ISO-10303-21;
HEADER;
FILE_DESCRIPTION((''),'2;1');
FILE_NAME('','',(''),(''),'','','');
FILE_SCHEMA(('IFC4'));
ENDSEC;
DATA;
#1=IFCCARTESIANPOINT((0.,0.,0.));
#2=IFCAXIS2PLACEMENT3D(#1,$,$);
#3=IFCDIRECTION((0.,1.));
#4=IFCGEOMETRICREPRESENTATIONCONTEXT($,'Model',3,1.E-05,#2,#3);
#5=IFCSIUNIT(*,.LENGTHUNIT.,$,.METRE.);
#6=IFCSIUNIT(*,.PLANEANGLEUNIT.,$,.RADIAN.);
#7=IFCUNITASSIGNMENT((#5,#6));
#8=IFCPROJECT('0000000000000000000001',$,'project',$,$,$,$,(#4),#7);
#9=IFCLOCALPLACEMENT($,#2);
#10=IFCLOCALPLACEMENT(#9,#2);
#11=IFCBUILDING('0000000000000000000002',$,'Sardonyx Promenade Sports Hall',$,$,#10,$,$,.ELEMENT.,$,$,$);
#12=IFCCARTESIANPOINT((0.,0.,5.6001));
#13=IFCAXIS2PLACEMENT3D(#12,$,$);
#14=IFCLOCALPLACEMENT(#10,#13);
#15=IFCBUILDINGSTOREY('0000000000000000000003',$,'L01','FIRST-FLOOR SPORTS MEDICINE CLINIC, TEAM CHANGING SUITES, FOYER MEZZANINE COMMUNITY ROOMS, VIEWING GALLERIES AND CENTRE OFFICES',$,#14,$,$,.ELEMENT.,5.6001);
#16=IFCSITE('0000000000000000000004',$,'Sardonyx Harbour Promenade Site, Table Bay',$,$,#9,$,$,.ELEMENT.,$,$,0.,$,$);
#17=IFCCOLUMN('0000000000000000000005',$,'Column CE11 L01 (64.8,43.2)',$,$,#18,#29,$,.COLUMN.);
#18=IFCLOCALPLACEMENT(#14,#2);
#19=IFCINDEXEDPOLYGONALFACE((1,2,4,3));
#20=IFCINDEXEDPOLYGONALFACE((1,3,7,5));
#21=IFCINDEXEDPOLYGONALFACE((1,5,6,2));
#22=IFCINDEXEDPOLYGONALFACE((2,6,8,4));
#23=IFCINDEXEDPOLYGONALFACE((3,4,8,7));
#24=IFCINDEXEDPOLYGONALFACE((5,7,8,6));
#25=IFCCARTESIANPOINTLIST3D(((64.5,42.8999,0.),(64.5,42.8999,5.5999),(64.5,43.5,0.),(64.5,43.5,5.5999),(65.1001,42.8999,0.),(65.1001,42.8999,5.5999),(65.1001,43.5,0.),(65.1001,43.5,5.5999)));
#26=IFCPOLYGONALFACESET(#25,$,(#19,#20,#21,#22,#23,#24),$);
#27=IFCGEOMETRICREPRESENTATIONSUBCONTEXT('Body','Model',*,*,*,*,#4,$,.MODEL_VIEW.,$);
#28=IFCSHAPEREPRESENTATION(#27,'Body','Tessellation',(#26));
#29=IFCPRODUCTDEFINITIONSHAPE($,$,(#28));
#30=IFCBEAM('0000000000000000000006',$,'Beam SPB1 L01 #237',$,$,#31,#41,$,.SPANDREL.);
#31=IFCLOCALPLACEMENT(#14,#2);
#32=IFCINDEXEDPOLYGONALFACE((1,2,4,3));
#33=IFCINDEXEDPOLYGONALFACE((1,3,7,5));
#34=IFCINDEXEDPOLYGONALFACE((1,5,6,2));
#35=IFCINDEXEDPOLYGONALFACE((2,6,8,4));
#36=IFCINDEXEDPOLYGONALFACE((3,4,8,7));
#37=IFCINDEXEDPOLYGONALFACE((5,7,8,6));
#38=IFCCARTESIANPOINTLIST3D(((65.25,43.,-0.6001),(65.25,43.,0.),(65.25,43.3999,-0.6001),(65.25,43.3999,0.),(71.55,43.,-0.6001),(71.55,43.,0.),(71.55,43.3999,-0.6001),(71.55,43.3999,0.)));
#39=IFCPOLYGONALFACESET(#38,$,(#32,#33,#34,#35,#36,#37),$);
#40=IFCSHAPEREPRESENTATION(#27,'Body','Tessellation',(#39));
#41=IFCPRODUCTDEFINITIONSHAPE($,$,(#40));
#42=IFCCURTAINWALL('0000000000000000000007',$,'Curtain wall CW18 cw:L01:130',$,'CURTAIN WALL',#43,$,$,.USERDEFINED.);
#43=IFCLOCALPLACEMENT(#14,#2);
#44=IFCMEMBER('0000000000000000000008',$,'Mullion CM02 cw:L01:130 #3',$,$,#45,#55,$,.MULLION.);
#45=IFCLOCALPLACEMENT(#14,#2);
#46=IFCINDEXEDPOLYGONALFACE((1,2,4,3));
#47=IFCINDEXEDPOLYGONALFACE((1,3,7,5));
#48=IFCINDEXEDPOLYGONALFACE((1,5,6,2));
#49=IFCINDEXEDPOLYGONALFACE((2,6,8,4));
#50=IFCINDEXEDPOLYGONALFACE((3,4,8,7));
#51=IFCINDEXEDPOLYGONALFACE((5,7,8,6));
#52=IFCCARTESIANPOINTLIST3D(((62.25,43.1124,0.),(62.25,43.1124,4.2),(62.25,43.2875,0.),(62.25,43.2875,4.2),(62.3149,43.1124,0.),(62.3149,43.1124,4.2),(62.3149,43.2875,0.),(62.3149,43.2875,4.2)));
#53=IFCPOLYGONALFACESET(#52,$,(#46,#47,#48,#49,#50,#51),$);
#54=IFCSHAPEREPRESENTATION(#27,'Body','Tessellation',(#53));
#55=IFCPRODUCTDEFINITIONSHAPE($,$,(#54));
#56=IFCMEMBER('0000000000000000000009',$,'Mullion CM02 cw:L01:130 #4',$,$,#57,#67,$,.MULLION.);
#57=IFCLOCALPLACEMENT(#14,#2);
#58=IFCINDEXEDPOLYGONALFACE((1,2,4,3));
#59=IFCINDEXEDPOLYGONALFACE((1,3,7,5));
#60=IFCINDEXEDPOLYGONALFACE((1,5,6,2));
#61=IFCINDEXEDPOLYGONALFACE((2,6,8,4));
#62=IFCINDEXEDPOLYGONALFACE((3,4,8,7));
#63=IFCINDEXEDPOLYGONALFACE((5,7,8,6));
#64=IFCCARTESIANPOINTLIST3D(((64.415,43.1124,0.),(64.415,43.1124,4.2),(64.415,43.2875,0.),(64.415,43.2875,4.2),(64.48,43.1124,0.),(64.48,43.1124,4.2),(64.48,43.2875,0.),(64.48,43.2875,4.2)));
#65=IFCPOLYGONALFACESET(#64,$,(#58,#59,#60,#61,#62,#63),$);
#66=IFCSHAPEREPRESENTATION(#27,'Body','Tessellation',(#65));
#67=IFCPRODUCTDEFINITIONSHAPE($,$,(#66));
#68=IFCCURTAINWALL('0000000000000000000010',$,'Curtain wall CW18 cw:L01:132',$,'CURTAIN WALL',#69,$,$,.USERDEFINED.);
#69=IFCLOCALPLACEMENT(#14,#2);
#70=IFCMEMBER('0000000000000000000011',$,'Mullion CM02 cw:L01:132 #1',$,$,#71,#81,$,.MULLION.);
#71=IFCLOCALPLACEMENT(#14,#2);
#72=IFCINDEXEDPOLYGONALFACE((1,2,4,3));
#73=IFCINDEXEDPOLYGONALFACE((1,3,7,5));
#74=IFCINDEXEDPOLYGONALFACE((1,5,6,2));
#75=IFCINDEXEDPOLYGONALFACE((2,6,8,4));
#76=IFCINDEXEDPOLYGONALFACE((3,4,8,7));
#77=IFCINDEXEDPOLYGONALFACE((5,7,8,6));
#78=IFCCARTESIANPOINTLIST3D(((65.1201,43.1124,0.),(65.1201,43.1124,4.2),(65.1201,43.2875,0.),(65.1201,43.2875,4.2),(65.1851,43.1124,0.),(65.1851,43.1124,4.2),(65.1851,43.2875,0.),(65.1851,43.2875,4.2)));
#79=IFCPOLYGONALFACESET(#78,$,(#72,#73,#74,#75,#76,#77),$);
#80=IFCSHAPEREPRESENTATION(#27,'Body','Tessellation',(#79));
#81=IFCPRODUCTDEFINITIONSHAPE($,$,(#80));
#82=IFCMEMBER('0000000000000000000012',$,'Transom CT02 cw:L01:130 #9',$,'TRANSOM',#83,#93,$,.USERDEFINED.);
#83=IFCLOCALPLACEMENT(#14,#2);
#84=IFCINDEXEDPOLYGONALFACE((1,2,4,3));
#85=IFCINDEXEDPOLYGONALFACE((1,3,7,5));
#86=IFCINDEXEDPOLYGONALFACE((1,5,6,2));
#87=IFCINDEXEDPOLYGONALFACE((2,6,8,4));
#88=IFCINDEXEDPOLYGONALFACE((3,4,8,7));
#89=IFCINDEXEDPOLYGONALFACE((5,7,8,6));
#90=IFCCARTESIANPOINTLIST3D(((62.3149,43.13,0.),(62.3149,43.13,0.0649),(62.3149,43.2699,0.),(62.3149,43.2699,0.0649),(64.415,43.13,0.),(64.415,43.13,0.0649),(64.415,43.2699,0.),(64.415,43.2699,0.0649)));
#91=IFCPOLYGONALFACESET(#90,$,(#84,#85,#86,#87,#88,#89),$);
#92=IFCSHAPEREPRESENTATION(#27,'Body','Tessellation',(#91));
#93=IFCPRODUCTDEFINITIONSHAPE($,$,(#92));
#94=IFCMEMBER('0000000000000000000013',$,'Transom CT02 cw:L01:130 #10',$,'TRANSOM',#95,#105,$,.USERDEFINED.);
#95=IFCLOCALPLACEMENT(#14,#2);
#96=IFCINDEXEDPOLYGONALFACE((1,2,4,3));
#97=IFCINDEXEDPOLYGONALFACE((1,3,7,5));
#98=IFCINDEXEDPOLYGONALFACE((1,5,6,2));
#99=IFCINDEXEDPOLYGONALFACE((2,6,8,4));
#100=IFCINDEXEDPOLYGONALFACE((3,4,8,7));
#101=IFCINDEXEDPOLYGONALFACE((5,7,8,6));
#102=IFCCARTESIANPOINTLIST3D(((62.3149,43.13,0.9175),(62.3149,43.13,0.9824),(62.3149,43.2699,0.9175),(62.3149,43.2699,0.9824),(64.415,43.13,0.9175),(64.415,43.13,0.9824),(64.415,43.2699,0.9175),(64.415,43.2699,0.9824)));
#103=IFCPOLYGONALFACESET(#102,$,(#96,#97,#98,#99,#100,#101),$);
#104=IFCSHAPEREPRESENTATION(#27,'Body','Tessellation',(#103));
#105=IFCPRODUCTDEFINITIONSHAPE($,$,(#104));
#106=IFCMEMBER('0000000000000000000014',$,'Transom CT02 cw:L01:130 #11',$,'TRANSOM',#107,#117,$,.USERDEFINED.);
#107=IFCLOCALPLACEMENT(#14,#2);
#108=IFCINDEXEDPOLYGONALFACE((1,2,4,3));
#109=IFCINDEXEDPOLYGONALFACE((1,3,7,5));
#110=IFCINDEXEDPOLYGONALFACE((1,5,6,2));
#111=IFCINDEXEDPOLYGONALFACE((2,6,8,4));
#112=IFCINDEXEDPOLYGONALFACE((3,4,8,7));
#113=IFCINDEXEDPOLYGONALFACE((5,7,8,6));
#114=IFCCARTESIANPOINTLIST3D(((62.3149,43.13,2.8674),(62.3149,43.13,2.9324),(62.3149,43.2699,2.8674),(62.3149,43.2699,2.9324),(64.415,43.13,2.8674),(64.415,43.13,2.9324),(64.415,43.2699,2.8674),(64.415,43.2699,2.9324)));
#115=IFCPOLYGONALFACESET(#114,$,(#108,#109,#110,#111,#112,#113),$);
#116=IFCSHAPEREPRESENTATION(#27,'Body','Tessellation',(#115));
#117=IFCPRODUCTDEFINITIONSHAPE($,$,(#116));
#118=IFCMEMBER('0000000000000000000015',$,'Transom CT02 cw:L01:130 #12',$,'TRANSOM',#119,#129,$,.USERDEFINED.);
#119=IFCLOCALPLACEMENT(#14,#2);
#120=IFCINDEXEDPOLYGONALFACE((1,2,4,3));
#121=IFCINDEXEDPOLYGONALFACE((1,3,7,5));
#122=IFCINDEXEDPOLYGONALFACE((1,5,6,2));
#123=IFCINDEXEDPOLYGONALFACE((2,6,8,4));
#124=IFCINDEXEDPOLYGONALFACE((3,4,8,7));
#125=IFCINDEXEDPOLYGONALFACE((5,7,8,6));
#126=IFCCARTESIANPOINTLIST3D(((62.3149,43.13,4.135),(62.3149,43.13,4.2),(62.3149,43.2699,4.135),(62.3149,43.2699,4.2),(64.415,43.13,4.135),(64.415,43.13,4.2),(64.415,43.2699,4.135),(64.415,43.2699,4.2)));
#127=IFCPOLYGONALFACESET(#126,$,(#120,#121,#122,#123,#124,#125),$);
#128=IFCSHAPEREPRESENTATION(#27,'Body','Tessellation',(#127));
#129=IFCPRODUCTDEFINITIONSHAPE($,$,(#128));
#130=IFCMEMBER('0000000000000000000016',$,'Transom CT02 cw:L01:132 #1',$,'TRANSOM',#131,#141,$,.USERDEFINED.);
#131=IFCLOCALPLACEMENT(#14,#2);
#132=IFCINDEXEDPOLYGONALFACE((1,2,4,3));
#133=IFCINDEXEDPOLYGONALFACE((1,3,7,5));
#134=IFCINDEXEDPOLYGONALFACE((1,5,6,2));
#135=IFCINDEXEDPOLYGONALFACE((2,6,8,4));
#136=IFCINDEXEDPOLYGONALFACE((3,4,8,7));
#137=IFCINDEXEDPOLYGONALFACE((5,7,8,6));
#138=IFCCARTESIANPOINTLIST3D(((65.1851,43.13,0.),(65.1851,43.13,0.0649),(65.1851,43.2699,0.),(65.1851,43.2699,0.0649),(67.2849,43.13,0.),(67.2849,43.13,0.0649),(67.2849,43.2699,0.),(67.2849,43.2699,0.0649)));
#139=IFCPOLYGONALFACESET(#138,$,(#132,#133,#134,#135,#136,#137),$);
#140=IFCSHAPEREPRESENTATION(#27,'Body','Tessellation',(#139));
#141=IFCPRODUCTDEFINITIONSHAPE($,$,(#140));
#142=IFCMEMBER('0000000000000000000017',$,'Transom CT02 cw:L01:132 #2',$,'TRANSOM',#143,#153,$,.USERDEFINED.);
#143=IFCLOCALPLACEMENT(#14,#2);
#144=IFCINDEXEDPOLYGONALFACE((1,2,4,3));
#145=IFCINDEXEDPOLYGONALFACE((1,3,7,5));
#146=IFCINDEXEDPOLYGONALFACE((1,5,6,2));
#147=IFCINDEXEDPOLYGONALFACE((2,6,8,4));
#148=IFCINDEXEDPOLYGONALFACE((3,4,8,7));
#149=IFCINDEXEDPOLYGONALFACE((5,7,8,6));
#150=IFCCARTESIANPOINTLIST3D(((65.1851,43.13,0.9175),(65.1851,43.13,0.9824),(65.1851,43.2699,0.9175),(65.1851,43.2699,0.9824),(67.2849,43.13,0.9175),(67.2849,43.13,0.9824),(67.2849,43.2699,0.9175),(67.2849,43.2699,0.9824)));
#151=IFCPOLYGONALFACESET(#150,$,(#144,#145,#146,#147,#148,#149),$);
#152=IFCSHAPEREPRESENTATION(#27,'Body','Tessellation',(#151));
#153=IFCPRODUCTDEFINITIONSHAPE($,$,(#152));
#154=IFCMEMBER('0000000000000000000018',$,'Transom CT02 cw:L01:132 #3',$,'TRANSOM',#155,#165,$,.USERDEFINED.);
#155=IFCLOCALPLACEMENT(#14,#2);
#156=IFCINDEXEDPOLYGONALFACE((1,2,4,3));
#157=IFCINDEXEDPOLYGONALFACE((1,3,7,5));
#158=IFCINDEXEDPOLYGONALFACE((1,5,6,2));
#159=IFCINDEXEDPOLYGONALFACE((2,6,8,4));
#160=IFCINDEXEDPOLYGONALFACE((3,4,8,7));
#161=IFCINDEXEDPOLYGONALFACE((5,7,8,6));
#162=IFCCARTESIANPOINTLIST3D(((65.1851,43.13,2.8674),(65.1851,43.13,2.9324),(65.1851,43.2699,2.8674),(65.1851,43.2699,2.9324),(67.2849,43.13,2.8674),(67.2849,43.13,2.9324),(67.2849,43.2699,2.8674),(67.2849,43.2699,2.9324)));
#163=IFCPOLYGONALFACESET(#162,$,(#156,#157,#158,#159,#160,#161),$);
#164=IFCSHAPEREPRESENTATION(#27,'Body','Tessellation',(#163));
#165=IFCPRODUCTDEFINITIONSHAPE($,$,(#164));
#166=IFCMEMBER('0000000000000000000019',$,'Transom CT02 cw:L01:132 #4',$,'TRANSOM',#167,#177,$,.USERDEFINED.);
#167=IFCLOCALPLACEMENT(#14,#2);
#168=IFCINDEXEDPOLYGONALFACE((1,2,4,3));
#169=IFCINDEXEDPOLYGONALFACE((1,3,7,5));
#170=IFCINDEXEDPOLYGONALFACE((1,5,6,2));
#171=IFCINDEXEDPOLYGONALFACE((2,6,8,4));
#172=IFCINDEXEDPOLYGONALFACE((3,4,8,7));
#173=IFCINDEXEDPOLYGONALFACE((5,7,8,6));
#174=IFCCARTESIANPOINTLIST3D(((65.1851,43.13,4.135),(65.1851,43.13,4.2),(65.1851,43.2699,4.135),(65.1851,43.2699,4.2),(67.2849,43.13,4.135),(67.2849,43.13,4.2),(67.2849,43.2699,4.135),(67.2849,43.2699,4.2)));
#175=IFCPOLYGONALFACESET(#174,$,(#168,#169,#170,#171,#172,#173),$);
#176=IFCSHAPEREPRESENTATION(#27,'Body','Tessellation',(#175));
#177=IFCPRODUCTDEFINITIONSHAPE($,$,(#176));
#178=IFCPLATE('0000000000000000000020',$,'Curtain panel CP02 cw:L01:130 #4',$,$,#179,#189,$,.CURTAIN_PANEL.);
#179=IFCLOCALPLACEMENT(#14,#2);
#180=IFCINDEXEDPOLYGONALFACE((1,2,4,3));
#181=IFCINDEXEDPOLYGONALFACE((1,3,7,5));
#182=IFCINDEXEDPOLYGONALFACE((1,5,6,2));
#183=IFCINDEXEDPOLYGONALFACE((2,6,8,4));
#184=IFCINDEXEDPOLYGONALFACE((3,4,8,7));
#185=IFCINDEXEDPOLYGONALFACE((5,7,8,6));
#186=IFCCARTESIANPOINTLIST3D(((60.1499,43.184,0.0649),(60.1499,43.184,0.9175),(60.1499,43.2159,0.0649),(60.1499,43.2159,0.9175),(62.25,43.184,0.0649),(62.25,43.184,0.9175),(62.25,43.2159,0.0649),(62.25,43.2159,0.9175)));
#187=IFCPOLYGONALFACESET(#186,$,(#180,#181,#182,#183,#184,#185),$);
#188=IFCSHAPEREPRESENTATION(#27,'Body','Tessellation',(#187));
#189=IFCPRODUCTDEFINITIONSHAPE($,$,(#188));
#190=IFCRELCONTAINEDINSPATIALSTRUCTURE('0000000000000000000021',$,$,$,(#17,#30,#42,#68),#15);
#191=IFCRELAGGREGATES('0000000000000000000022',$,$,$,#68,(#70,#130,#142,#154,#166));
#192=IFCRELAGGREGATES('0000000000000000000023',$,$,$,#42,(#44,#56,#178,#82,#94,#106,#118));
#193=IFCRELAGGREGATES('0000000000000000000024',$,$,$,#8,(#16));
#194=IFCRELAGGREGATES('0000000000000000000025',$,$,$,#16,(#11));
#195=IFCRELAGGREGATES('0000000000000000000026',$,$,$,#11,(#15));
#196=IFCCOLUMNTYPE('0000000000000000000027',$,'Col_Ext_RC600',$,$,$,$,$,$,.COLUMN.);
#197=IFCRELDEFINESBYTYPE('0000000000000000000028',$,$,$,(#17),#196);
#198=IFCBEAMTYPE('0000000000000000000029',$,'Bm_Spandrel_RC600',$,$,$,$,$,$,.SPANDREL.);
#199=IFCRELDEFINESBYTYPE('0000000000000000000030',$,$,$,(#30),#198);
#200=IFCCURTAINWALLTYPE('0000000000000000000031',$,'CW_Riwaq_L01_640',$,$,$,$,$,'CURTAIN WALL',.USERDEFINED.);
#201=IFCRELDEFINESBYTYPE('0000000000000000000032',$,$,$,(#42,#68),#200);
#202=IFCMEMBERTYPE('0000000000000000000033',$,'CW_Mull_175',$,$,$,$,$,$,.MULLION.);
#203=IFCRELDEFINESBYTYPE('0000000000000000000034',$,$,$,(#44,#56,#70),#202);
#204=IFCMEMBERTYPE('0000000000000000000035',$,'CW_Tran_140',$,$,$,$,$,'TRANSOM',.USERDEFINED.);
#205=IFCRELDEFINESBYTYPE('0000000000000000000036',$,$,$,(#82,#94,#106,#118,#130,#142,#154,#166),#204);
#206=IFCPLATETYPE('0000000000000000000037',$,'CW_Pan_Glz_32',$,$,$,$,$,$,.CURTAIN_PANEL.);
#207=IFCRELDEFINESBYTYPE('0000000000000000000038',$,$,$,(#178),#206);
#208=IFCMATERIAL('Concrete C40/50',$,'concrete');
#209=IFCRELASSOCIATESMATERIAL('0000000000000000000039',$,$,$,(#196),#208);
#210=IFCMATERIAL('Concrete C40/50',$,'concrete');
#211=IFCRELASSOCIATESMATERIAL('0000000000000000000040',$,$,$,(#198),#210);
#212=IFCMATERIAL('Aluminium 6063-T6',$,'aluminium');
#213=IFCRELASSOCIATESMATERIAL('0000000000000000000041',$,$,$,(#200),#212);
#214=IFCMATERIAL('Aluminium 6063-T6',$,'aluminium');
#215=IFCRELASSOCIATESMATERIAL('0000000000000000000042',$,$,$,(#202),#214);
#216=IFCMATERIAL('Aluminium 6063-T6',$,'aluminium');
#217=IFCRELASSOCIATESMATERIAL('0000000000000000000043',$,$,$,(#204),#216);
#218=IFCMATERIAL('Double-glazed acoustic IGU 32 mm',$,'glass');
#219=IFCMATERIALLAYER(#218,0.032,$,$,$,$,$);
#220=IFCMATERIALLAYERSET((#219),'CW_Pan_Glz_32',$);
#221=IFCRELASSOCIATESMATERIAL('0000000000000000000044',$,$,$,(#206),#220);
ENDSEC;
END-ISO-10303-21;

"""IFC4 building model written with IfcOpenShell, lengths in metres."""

from ifc_helpers import new_model, si_unit, direction, frame, origin, origin_2d, place, context, subcontext, project, spatial, rectangle, extrude, material, layer, layer_set, material_profile, profile_set, type_object, element, aggregate, save


model = new_model("IFC4")

# Units and contexts
model_context = context("Model", 3, precision=1e-05, world=origin(), true_north=direction((0.0, 1.0)))
body_context = subcontext(model_context, "Body", "Model", "MODEL_VIEW")
ifc_project = project(units=[si_unit("LENGTHUNIT", "METRE"), si_unit("PLANEANGLEUNIT", "RADIAN")], contexts=[model_context])

# Site, building, storey
site_placement = place(None, origin())
site = spatial("IfcSite", under=ifc_project, at=site_placement, Name="Sardonyx Harbour Promenade Site, Table Bay", CompositionType="ELEMENT", RefElevation=0.0)
building_placement = place(site_placement, origin())
building = spatial("IfcBuilding", under=site, at=building_placement, Name="Sardonyx Promenade Sports Hall", CompositionType="ELEMENT")
storey_placement = place(building_placement, frame((0.0, 0.0, 5.6001)))
storey = spatial("IfcBuildingStorey", under=building, at=storey_placement, Name="L01", Description="FIRST-FLOOR SPORTS MEDICINE CLINIC, TEAM CHANGING SUITES, FOYER MEZZANINE COMMUNITY ROOMS, VIEWING GALLERIES AND CENTRE OFFICES", CompositionType="ELEMENT", Elevation=5.6001)

# Column
ifc_material_1 = material(Name="Concrete C40/50", Category="concrete")
ifc_material_profile_1 = material_profile(ifc_material_1, rectangle(XDim=0.6001, YDim=0.6001, at=origin_2d()))
ifc_profile_set_1 = profile_set([ifc_material_profile_1], Name="Concrete C40/50")
column_type = type_object("IfcColumnType", Name="Col_Ext_RC600", PredefinedType="COLUMN", material=ifc_profile_set_1)
column_placement = place(storey_placement, frame((64.8, 43.2, 0.0), z_axis=(0.0, 0.0, 1.0), x_axis=(1.0, 0.0, 0.0)))
element("IfcColumn", 1, at=column_placement, inside=storey, type_object=column_type, Name="Column CE11 L01 (64.8,43.2)", PredefinedType="COLUMN", context=body_context, shape_type="SweptSolid", body=[
    extrude(rectangle(XDim=0.6001, YDim=0.6001, at=origin_2d()), origin(), (0.0, 0.0, 1.0), 5.5999),
])

# Beam
ifc_material_2 = material(Name="Concrete C40/50", Category="concrete")
ifc_material_profile_2 = material_profile(ifc_material_2, rectangle(XDim=0.3999, YDim=0.6001, at=origin_2d()))
ifc_profile_set_2 = profile_set([ifc_material_profile_2], Name="Concrete C40/50")
beam_type = type_object("IfcBeamType", Name="Bm_Spandrel_RC600", PredefinedType="SPANDREL", material=ifc_profile_set_2)
beam_placement = place(storey_placement, frame((65.25, 43.2, -0.3), z_axis=(1.0, 0.0, 0.0), x_axis=(0.0, 1.0, 0.0)))
element("IfcBeam", 2, at=beam_placement, inside=storey, type_object=beam_type, Name="Beam SPB1 L01 #237", PredefinedType="SPANDREL", context=body_context, shape_type="SweptSolid", body=[
    extrude(rectangle(XDim=0.3999, YDim=0.6001, at=origin_2d()), origin(), (0.0, 0.0, 1.0), 6.3),
])

# Curtain wall, members
ifc_material_3 = material(Name="Aluminium 6063-T6", Category="aluminium")
curtain_wall_type = type_object("IfcCurtainWallType", Name="CW_Riwaq_L01_640", ElementType="CURTAIN WALL", PredefinedType="USERDEFINED", material=ifc_material_3)
curtain_wall_1_placement = place(storey_placement, origin())
curtain_wall_1 = element("IfcCurtainWall", 3, at=curtain_wall_1_placement, inside=storey, type_object=curtain_wall_type, Name="Curtain wall CW18 cw:L01:130", ObjectType="CURTAIN WALL", PredefinedType="USERDEFINED")
ifc_material_4 = material(Name="Aluminium 6063-T6", Category="aluminium")
ifc_material_profile_3 = material_profile(ifc_material_4, rectangle(XDim=0.0649, YDim=0.175, at=origin_2d()))
ifc_profile_set_3 = profile_set([ifc_material_profile_3], Name="Aluminium 6063-T6")
member_type_1 = type_object("IfcMemberType", Name="CW_Mull_175", PredefinedType="MULLION", material=ifc_profile_set_3)
member_1_placement = place(storey_placement, frame((62.2825, 43.2, 0.0), z_axis=(0.0, 0.0, 1.0), x_axis=(1.0, 0.0, 0.0)))
member_1 = element("IfcMember", 4, at=member_1_placement, type_object=member_type_1, Name="Mullion CM02 cw:L01:130 #3", PredefinedType="MULLION", context=body_context, shape_type="SweptSolid", body=[
    extrude(rectangle(XDim=0.0649, YDim=0.175, at=origin_2d()), origin(), (0.0, 0.0, 1.0), 4.2),
])
member_2_placement = place(storey_placement, frame((64.4475, 43.2, 0.0), z_axis=(0.0, 0.0, 1.0), x_axis=(1.0, 0.0, 0.0)))
member_2 = element("IfcMember", 5, at=member_2_placement, type_object=member_type_1, Name="Mullion CM02 cw:L01:130 #4", PredefinedType="MULLION", context=body_context, shape_type="SweptSolid", body=[
    extrude(rectangle(XDim=0.0649, YDim=0.175, at=origin_2d()), origin(), (0.0, 0.0, 1.0), 4.2),
])

# Curtain wall, member
curtain_wall_2_placement = place(storey_placement, origin())
curtain_wall_2 = element("IfcCurtainWall", 6, at=curtain_wall_2_placement, inside=storey, type_object=curtain_wall_type, Name="Curtain wall CW18 cw:L01:132", ObjectType="CURTAIN WALL", PredefinedType="USERDEFINED")
member_3_placement = place(storey_placement, frame((65.1526, 43.2, 0.0), z_axis=(0.0, 0.0, 1.0), x_axis=(1.0, 0.0, 0.0)))
member_3 = element("IfcMember", 7, at=member_3_placement, type_object=member_type_1, Name="Mullion CM02 cw:L01:132 #1", PredefinedType="MULLION", context=body_context, shape_type="SweptSolid", body=[
    extrude(rectangle(XDim=0.0649, YDim=0.175, at=origin_2d()), origin(), (0.0, 0.0, 1.0), 4.2),
])

# Members
ifc_material_5 = material(Name="Aluminium 6063-T6", Category="aluminium")
ifc_material_profile_4 = material_profile(ifc_material_5, rectangle(XDim=0.0649, YDim=0.1399, at=origin_2d()))
ifc_profile_set_4 = profile_set([ifc_material_profile_4], Name="Aluminium 6063-T6")
member_type_2 = type_object("IfcMemberType", Name="CW_Tran_140", ElementType="TRANSOM", PredefinedType="USERDEFINED", material=ifc_profile_set_4)
member_4_placement = place(storey_placement, frame((62.3149, 43.2, 0.0325), z_axis=(1.0, 0.0, 0.0), x_axis=(0.0, 0.0, 1.0)))
member_4 = element("IfcMember", 8, at=member_4_placement, type_object=member_type_2, Name="Transom CT02 cw:L01:130 #9", ObjectType="TRANSOM", PredefinedType="USERDEFINED", context=body_context, shape_type="SweptSolid", body=[
    extrude(rectangle(XDim=0.0649, YDim=0.1399, at=origin_2d()), origin(), (0.0, 0.0, 1.0), 2.1001),
])
member_5_placement = place(storey_placement, frame((62.3149, 43.2, 0.95), z_axis=(1.0, 0.0, 0.0), x_axis=(0.0, 0.0, 1.0)))
member_5 = element("IfcMember", 9, at=member_5_placement, type_object=member_type_2, Name="Transom CT02 cw:L01:130 #10", ObjectType="TRANSOM", PredefinedType="USERDEFINED", context=body_context, shape_type="SweptSolid", body=[
    extrude(rectangle(XDim=0.0649, YDim=0.1399, at=origin_2d()), origin(), (0.0, 0.0, 1.0), 2.1001),
])
member_6_placement = place(storey_placement, frame((62.3149, 43.2, 2.8999), z_axis=(1.0, 0.0, 0.0), x_axis=(0.0, 0.0, 1.0)))
member_6 = element("IfcMember", 10, at=member_6_placement, type_object=member_type_2, Name="Transom CT02 cw:L01:130 #11", ObjectType="TRANSOM", PredefinedType="USERDEFINED", context=body_context, shape_type="SweptSolid", body=[
    extrude(rectangle(XDim=0.0649, YDim=0.1399, at=origin_2d()), origin(), (0.0, 0.0, 1.0), 2.1001),
])
member_7_placement = place(storey_placement, frame((62.3149, 43.2, 4.1675), z_axis=(1.0, 0.0, 0.0), x_axis=(0.0, 0.0, 1.0)))
member_7 = element("IfcMember", 11, at=member_7_placement, type_object=member_type_2, Name="Transom CT02 cw:L01:130 #12", ObjectType="TRANSOM", PredefinedType="USERDEFINED", context=body_context, shape_type="SweptSolid", body=[
    extrude(rectangle(XDim=0.0649, YDim=0.1399, at=origin_2d()), origin(), (0.0, 0.0, 1.0), 2.1001),
])
member_8_placement = place(storey_placement, frame((65.1851, 43.2, 0.0325), z_axis=(1.0, 0.0, 0.0), x_axis=(0.0, 0.0, 1.0)))
member_8 = element("IfcMember", 12, at=member_8_placement, type_object=member_type_2, Name="Transom CT02 cw:L01:132 #1", ObjectType="TRANSOM", PredefinedType="USERDEFINED", context=body_context, shape_type="SweptSolid", body=[
    extrude(rectangle(XDim=0.0649, YDim=0.1399, at=origin_2d()), origin(), (0.0, 0.0, 1.0), 2.0999),
])
member_9_placement = place(storey_placement, frame((65.1851, 43.2, 0.95), z_axis=(1.0, 0.0, 0.0), x_axis=(0.0, 0.0, 1.0)))
member_9 = element("IfcMember", 13, at=member_9_placement, type_object=member_type_2, Name="Transom CT02 cw:L01:132 #2", ObjectType="TRANSOM", PredefinedType="USERDEFINED", context=body_context, shape_type="SweptSolid", body=[
    extrude(rectangle(XDim=0.0649, YDim=0.1399, at=origin_2d()), origin(), (0.0, 0.0, 1.0), 2.0999),
])
member_10_placement = place(storey_placement, frame((65.1851, 43.2, 2.8999), z_axis=(1.0, 0.0, 0.0), x_axis=(0.0, 0.0, 1.0)))
member_10 = element("IfcMember", 14, at=member_10_placement, type_object=member_type_2, Name="Transom CT02 cw:L01:132 #3", ObjectType="TRANSOM", PredefinedType="USERDEFINED", context=body_context, shape_type="SweptSolid", body=[
    extrude(rectangle(XDim=0.0649, YDim=0.1399, at=origin_2d()), origin(), (0.0, 0.0, 1.0), 2.0999),
])
member_11_placement = place(storey_placement, frame((65.1851, 43.2, 4.1675), z_axis=(1.0, 0.0, 0.0), x_axis=(0.0, 0.0, 1.0)))
member_11 = element("IfcMember", 15, at=member_11_placement, type_object=member_type_2, Name="Transom CT02 cw:L01:132 #4", ObjectType="TRANSOM", PredefinedType="USERDEFINED", context=body_context, shape_type="SweptSolid", body=[
    extrude(rectangle(XDim=0.0649, YDim=0.1399, at=origin_2d()), origin(), (0.0, 0.0, 1.0), 2.0999),
])
aggregate(curtain_wall_2, [member_3, member_8, member_9, member_10, member_11])

# Plate
ifc_material_6 = material(Name="Double-glazed acoustic IGU 32 mm", Category="glass")
ifc_layer_1 = layer(ifc_material_6, 0.032)
ifc_layer_set_1 = layer_set([ifc_layer_1], Name="CW_Pan_Glz_32")
plate_type = type_object("IfcPlateType", Name="CW_Pan_Glz_32", PredefinedType="CURTAIN_PANEL", material=ifc_layer_set_1)
plate_1_placement = place(storey_placement, frame((61.2, 43.2, 0.0649), z_axis=(0.0, 0.0, 1.0), x_axis=(1.0, 0.0, 0.0)))
plate_1 = element("IfcPlate", 16, at=plate_1_placement, type_object=plate_type, Name="Curtain panel CP02 cw:L01:130 #4", PredefinedType="CURTAIN_PANEL", context=body_context, shape_type="SweptSolid", body=[
    extrude(rectangle(XDim=2.1001, YDim=0.032, at=origin_2d()), origin(), (0.0, 0.0, 1.0), 0.8525),
])
aggregate(curtain_wall_1, [member_1, member_2, plate_1, member_4, member_5, member_6, member_7])

save(model, "model.ifc")
